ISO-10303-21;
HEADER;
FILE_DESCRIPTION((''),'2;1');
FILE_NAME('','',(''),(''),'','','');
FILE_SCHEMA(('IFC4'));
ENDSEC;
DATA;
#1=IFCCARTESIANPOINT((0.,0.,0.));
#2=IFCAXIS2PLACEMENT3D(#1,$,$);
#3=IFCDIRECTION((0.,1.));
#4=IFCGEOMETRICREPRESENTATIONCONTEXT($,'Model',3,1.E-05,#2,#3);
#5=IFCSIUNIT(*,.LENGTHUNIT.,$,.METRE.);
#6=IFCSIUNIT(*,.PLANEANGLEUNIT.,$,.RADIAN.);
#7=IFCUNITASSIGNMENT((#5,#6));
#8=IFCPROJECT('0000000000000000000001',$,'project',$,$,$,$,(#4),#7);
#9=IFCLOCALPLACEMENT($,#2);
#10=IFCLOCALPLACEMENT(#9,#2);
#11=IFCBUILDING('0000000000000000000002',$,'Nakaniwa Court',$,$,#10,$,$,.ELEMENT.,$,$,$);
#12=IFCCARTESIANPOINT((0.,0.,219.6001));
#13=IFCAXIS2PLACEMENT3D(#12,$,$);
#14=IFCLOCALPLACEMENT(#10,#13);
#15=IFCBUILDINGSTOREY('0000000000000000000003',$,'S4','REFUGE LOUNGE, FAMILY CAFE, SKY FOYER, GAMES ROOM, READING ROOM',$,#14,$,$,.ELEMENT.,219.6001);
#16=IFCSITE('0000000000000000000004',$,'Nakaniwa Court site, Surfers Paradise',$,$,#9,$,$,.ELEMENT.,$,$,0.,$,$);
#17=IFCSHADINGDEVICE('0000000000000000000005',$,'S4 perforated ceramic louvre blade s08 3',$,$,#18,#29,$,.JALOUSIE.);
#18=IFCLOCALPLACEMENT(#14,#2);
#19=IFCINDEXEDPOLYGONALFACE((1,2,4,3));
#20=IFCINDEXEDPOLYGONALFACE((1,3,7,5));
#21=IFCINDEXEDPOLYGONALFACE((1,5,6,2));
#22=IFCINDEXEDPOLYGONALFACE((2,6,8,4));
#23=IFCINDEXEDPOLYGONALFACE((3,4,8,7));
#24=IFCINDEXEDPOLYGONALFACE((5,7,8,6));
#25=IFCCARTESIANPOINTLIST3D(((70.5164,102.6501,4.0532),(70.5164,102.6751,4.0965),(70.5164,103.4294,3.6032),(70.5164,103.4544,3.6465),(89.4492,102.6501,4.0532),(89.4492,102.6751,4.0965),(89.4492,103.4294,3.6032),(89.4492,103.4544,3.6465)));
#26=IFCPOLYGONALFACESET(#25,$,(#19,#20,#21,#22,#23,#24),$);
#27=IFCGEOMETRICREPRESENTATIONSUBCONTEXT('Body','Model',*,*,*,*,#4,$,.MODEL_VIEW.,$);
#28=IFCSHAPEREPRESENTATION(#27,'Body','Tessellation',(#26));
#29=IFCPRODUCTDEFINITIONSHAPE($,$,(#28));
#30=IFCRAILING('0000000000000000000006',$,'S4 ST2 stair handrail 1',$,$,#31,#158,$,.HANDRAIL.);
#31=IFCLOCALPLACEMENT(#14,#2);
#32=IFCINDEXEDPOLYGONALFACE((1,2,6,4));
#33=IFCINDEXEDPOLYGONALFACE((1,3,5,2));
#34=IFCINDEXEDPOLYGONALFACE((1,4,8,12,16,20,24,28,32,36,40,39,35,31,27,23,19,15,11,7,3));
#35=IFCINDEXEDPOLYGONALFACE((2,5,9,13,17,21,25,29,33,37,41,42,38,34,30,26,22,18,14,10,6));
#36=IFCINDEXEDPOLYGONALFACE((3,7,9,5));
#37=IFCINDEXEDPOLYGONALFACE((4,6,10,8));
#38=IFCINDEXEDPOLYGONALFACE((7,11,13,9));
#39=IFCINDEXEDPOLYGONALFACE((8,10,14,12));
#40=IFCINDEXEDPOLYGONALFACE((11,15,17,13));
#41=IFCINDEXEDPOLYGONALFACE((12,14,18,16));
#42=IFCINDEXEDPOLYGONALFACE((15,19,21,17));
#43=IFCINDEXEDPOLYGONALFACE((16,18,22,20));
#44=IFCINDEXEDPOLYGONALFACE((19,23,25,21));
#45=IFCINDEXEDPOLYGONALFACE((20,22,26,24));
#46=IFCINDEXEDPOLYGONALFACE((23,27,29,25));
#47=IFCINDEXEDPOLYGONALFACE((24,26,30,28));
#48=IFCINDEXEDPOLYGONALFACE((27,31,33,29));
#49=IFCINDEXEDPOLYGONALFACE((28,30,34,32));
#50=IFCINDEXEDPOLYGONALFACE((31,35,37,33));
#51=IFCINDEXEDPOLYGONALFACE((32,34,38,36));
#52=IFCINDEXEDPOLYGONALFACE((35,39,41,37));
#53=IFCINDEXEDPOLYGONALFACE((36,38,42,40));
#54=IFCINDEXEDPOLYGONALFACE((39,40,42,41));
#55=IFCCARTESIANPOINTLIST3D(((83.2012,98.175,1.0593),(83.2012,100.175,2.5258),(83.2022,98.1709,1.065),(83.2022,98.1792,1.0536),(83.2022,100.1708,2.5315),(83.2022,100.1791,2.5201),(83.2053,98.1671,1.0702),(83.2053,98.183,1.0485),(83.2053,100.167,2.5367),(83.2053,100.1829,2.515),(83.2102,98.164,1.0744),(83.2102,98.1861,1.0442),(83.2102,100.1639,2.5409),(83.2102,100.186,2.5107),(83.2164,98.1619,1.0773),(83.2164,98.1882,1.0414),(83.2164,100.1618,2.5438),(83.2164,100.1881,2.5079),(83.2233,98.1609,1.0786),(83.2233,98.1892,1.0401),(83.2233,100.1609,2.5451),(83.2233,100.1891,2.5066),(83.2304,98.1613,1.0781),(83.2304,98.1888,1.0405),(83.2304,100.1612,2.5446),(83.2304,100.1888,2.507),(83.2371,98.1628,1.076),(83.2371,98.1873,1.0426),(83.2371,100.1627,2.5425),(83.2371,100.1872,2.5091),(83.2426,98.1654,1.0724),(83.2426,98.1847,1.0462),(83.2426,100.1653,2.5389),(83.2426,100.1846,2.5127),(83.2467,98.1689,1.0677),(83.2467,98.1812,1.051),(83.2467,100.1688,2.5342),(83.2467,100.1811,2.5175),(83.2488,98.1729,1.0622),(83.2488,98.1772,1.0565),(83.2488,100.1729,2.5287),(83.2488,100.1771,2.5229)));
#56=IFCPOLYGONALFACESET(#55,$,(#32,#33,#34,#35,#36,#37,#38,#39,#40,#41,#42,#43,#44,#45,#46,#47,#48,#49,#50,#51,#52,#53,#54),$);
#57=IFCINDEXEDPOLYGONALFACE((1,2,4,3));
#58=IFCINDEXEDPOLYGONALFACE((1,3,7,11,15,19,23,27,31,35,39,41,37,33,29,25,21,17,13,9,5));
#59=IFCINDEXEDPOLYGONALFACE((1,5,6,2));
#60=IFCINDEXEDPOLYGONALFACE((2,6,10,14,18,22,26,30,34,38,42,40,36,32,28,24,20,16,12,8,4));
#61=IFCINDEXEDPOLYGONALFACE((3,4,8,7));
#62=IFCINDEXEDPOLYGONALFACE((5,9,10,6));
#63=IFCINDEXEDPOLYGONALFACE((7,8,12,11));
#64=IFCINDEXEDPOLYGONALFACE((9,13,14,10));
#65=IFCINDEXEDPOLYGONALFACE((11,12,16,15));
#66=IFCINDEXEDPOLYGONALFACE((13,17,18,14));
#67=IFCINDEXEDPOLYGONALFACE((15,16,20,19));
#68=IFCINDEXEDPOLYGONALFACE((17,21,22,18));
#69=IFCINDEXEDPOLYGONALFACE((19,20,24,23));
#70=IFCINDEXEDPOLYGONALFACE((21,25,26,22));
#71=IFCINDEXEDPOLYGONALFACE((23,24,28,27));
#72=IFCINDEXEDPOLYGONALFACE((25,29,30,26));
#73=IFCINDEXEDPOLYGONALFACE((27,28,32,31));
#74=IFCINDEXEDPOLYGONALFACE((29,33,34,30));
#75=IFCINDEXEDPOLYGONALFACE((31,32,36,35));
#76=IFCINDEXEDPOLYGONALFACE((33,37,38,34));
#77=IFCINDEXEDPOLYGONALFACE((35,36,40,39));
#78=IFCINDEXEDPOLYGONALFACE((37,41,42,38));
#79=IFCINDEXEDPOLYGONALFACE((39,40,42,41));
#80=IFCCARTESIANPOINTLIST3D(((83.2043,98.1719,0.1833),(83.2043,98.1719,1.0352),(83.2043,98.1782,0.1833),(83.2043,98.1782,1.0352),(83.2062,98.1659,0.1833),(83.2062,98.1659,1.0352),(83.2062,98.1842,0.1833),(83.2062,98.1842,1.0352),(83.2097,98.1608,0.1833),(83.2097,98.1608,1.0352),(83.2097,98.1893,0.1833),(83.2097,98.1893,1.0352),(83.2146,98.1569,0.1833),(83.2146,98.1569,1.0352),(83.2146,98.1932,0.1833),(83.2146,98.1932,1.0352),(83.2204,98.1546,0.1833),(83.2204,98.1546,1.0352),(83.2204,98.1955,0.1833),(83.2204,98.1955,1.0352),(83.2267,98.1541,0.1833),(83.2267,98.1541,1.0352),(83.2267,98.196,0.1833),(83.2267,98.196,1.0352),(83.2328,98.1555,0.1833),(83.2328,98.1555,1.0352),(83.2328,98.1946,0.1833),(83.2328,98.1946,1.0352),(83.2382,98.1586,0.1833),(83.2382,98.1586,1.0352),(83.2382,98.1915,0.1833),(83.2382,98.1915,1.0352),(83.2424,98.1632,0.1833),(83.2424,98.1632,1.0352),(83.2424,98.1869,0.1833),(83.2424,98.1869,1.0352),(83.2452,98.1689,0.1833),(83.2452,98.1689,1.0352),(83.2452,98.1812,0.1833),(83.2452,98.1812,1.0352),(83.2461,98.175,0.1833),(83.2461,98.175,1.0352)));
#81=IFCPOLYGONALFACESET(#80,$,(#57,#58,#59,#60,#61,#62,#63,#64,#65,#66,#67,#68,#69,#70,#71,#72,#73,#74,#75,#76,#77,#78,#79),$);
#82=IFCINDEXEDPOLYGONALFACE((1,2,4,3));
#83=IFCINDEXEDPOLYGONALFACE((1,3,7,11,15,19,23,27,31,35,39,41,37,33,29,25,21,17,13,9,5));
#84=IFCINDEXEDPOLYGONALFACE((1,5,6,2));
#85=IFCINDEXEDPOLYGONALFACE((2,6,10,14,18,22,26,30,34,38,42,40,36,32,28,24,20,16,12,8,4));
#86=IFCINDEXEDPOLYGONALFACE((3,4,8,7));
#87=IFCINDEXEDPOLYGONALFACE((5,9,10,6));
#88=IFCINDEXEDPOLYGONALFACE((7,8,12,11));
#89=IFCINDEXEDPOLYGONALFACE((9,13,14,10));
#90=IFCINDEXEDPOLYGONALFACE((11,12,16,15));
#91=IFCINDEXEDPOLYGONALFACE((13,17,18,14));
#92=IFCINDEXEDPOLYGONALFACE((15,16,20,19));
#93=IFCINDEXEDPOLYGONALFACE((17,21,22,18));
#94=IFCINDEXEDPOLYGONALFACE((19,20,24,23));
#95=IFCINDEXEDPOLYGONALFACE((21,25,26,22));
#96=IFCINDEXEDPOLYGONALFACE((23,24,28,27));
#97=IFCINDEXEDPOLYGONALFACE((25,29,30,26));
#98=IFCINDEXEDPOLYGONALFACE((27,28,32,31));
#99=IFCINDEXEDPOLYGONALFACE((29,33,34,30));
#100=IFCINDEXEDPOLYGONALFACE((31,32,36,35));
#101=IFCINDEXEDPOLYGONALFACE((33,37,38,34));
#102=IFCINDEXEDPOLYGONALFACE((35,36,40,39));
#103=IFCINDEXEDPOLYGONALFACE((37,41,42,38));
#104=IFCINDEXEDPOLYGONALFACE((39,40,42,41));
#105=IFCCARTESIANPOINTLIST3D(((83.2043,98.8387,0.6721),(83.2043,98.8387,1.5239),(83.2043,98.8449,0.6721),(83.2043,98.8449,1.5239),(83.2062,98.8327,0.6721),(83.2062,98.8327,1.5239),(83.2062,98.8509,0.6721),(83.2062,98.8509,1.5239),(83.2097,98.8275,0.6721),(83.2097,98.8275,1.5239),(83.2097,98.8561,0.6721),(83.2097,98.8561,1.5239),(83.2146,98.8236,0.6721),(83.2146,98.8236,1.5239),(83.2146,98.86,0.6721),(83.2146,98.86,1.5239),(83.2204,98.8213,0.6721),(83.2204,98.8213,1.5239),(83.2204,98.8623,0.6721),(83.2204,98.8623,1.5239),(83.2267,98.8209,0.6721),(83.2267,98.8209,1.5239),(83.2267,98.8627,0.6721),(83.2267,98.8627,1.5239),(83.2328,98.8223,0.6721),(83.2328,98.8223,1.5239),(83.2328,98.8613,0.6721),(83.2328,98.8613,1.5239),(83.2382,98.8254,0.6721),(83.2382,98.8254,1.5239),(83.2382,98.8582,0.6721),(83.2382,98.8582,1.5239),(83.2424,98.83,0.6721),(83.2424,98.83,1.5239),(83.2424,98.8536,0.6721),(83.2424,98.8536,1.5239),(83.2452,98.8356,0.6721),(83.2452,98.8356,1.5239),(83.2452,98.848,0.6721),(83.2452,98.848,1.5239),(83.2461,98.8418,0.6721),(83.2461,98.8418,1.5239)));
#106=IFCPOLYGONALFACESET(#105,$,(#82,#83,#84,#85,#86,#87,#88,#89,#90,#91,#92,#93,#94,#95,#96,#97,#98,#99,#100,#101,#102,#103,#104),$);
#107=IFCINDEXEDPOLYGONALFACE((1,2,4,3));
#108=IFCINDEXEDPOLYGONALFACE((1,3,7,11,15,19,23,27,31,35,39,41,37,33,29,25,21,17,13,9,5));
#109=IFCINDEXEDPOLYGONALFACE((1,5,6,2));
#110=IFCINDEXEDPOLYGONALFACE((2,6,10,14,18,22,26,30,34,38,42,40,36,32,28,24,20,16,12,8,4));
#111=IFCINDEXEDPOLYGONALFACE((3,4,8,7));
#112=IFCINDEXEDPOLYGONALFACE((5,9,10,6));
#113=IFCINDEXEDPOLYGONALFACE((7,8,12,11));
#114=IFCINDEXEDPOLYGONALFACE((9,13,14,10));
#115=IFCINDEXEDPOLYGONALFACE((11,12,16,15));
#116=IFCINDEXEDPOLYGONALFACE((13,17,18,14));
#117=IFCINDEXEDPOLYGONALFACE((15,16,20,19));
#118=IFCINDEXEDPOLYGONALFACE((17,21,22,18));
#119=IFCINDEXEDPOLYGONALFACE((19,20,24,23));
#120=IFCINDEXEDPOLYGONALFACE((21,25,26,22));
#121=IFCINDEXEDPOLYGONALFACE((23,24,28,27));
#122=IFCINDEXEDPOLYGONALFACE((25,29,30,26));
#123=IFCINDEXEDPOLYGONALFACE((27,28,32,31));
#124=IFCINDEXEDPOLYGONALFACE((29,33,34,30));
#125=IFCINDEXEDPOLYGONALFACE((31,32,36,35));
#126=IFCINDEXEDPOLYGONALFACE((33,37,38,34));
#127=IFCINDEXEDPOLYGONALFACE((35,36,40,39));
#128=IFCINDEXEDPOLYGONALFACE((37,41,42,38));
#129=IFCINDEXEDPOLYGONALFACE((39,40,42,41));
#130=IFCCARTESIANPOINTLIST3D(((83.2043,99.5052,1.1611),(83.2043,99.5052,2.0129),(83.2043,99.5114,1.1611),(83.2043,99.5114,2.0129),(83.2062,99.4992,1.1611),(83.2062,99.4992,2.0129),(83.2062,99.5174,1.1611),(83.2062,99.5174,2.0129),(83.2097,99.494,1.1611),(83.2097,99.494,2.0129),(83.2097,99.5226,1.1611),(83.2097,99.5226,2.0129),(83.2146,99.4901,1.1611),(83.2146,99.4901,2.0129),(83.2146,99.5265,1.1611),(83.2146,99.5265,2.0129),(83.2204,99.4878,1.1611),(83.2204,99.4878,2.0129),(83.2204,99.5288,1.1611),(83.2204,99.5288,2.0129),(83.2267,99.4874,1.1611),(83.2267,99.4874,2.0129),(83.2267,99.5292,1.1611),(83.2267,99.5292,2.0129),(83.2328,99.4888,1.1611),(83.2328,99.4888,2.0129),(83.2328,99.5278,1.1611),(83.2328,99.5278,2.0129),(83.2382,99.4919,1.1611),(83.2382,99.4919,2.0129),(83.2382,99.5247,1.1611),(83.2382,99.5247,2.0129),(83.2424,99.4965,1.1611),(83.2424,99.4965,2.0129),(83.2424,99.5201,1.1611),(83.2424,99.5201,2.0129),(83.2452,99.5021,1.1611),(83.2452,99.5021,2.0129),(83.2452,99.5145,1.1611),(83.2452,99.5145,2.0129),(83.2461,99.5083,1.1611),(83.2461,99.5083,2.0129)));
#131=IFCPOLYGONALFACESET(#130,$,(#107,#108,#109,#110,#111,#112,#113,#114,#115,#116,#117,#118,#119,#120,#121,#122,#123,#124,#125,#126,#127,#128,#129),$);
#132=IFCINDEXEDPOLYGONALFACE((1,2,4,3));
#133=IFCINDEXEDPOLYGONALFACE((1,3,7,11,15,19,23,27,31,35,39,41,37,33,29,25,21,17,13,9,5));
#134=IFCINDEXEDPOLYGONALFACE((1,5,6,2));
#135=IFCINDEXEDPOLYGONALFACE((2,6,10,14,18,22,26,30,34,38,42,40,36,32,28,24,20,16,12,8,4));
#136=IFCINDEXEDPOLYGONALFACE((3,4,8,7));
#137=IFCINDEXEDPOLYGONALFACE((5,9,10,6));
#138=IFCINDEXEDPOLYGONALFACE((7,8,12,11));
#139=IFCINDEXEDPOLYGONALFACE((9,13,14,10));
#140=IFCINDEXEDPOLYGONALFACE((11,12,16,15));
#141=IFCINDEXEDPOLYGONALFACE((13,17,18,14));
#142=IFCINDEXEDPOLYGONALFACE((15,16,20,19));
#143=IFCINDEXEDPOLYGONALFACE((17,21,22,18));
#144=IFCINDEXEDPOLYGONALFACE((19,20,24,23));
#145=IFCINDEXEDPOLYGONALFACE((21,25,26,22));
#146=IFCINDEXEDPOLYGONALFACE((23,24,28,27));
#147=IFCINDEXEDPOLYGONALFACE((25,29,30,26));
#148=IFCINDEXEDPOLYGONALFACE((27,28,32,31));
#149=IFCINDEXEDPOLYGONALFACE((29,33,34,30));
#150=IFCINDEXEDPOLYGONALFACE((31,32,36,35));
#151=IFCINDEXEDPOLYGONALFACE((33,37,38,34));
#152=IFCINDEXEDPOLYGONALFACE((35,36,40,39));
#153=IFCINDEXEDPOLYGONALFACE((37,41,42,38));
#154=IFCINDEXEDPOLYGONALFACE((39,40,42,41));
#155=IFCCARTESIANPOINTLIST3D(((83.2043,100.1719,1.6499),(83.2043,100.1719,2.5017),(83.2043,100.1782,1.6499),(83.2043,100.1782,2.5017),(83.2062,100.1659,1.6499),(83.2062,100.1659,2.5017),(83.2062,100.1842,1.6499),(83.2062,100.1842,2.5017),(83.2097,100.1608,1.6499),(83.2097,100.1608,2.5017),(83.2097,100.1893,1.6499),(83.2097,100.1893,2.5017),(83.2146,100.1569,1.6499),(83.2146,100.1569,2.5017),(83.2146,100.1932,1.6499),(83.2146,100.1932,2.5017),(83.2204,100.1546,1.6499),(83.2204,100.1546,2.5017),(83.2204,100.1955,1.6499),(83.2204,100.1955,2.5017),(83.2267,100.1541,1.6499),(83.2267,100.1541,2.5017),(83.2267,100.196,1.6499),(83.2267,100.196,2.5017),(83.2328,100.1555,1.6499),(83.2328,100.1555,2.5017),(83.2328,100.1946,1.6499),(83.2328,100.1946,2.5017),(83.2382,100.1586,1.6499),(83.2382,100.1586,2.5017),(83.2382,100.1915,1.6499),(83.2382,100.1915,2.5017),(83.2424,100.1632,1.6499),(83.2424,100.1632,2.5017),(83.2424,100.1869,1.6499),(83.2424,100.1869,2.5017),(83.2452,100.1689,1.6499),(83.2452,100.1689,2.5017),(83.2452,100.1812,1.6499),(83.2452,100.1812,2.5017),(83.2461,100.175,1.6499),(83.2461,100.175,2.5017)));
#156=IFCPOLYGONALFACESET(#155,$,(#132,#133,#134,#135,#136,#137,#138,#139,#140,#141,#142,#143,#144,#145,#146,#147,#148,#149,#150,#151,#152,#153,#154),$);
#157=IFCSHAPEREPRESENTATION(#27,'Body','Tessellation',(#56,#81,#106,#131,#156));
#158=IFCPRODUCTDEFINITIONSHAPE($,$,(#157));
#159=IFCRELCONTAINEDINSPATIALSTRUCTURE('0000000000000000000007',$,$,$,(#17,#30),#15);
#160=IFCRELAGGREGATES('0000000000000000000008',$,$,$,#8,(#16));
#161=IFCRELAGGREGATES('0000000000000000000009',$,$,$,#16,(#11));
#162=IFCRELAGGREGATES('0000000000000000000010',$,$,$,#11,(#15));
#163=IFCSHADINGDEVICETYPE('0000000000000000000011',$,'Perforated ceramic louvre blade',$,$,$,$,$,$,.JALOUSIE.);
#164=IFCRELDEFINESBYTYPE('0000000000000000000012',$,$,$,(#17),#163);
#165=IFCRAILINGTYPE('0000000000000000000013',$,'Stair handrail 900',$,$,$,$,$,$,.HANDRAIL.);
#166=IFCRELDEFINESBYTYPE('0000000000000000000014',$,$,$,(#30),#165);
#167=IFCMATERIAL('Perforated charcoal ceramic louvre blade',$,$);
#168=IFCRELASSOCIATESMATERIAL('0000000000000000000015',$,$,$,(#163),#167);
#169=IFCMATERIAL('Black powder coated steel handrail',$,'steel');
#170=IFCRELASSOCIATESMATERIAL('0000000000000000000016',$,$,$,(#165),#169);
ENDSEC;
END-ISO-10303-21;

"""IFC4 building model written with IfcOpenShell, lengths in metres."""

from ifc_helpers import new_model, si_unit, direction, frame, origin, origin_2d, place, context, subcontext, project, spatial, rectangle, circle, extrude, material, material_profile, profile_set, type_object, element, save


model = new_model("IFC4")

# Units and contexts
model_context = context("Model", 3, precision=1e-05, world=origin(), true_north=direction((0.0, 1.0)))
body_context = subcontext(model_context, "Body", "Model", "MODEL_VIEW")
ifc_project = project(units=[si_unit("LENGTHUNIT", "METRE"), si_unit("PLANEANGLEUNIT", "RADIAN")], contexts=[model_context])

# Site, building, storey
site_placement = place(None, origin())
site = spatial("IfcSite", under=ifc_project, at=site_placement, Name="Nakaniwa Court site, Surfers Paradise", CompositionType="ELEMENT", RefElevation=0.0)
building_placement = place(site_placement, origin())
building = spatial("IfcBuilding", under=site, at=building_placement, Name="Nakaniwa Court", CompositionType="ELEMENT")
storey_placement = place(building_placement, frame((0.0, 0.0, 219.6001)))
storey = spatial("IfcBuildingStorey", under=building, at=storey_placement, Name="S4", Description="REFUGE LOUNGE, FAMILY CAFE, SKY FOYER, GAMES ROOM, READING ROOM", CompositionType="ELEMENT", Elevation=219.6001)

# Shading device
ifc_material_1 = material(Name="Perforated charcoal ceramic louvre blade")
ifc_material_profile_1 = material_profile(ifc_material_1, rectangle(XDim=0.8999, YDim=0.05, at=origin_2d()), Name="Perforated ceramic louvre blade")
ifc_profile_set_1 = profile_set([ifc_material_profile_1], Name="Perforated charcoal ceramic louvre blade")
shading_device_type = type_object("IfcShadingDeviceType", Name="Perforated ceramic louvre blade", PredefinedType="JALOUSIE", material=ifc_profile_set_1)
for number, where, z_axis, x_axis, name in (
    (1, (89.4492, 103.0522, 3.8499), (-1.0, 0.0, 0.0), (0.0, -0.866025, 0.5), "S4 perforated ceramic louvre blade s08 3"),
):
    element("IfcShadingDevice", number, at=place(storey_placement, frame(where, z_axis=z_axis, x_axis=x_axis)), inside=storey, type_object=shading_device_type, Name=name, PredefinedType="JALOUSIE", context=body_context, shape_type="SweptSolid", body=[
        extrude(rectangle(XDim=0.8999, YDim=0.05, at=origin_2d()), origin(), (0.0, 0.0, 1.0), 18.9329),
    ])

# Railing
ifc_material_2 = material(Name="Black powder coated steel handrail", Category="steel")
railing_type_1 = type_object("IfcRailingType", Name="Stair handrail 900", PredefinedType="HANDRAIL", material=ifc_material_2)
railing_1_placement = place(storey_placement, frame((83.2251, 98.175, 0.1833)))
element("IfcRailing", 2, at=railing_1_placement, inside=storey, type_object=railing_type_1, Name="S4 ST2 stair handrail 1", PredefinedType="HANDRAIL", context=body_context, shape_type="SweptSolid", body=[
    extrude(circle(Radius=0.0239, at=origin_2d()), frame((0.0, 0.0, 0.876), z_axis=(0.0, 0.806427, 0.591334), x_axis=(-1.0, 0.0, 0.0)), (0.0, 0.0, 1.0), 2.48),
    extrude(circle(Radius=0.021, at=origin_2d()), origin(), (0.0, 0.0, 1.0), 0.8518),
    extrude(circle(Radius=0.021, at=origin_2d()), frame((0.0, 0.6667, 0.4888)), (0.0, 0.0, 1.0), 0.8518),
    extrude(circle(Radius=0.021, at=origin_2d()), frame((0.0, 1.3333, 0.9778)), (0.0, 0.0, 1.0), 0.8518),
    extrude(circle(Radius=0.021, at=origin_2d()), frame((0.0, 2.0, 1.4666)), (0.0, 0.0, 1.0), 0.8518),
])

save(model, "model.ifc")
